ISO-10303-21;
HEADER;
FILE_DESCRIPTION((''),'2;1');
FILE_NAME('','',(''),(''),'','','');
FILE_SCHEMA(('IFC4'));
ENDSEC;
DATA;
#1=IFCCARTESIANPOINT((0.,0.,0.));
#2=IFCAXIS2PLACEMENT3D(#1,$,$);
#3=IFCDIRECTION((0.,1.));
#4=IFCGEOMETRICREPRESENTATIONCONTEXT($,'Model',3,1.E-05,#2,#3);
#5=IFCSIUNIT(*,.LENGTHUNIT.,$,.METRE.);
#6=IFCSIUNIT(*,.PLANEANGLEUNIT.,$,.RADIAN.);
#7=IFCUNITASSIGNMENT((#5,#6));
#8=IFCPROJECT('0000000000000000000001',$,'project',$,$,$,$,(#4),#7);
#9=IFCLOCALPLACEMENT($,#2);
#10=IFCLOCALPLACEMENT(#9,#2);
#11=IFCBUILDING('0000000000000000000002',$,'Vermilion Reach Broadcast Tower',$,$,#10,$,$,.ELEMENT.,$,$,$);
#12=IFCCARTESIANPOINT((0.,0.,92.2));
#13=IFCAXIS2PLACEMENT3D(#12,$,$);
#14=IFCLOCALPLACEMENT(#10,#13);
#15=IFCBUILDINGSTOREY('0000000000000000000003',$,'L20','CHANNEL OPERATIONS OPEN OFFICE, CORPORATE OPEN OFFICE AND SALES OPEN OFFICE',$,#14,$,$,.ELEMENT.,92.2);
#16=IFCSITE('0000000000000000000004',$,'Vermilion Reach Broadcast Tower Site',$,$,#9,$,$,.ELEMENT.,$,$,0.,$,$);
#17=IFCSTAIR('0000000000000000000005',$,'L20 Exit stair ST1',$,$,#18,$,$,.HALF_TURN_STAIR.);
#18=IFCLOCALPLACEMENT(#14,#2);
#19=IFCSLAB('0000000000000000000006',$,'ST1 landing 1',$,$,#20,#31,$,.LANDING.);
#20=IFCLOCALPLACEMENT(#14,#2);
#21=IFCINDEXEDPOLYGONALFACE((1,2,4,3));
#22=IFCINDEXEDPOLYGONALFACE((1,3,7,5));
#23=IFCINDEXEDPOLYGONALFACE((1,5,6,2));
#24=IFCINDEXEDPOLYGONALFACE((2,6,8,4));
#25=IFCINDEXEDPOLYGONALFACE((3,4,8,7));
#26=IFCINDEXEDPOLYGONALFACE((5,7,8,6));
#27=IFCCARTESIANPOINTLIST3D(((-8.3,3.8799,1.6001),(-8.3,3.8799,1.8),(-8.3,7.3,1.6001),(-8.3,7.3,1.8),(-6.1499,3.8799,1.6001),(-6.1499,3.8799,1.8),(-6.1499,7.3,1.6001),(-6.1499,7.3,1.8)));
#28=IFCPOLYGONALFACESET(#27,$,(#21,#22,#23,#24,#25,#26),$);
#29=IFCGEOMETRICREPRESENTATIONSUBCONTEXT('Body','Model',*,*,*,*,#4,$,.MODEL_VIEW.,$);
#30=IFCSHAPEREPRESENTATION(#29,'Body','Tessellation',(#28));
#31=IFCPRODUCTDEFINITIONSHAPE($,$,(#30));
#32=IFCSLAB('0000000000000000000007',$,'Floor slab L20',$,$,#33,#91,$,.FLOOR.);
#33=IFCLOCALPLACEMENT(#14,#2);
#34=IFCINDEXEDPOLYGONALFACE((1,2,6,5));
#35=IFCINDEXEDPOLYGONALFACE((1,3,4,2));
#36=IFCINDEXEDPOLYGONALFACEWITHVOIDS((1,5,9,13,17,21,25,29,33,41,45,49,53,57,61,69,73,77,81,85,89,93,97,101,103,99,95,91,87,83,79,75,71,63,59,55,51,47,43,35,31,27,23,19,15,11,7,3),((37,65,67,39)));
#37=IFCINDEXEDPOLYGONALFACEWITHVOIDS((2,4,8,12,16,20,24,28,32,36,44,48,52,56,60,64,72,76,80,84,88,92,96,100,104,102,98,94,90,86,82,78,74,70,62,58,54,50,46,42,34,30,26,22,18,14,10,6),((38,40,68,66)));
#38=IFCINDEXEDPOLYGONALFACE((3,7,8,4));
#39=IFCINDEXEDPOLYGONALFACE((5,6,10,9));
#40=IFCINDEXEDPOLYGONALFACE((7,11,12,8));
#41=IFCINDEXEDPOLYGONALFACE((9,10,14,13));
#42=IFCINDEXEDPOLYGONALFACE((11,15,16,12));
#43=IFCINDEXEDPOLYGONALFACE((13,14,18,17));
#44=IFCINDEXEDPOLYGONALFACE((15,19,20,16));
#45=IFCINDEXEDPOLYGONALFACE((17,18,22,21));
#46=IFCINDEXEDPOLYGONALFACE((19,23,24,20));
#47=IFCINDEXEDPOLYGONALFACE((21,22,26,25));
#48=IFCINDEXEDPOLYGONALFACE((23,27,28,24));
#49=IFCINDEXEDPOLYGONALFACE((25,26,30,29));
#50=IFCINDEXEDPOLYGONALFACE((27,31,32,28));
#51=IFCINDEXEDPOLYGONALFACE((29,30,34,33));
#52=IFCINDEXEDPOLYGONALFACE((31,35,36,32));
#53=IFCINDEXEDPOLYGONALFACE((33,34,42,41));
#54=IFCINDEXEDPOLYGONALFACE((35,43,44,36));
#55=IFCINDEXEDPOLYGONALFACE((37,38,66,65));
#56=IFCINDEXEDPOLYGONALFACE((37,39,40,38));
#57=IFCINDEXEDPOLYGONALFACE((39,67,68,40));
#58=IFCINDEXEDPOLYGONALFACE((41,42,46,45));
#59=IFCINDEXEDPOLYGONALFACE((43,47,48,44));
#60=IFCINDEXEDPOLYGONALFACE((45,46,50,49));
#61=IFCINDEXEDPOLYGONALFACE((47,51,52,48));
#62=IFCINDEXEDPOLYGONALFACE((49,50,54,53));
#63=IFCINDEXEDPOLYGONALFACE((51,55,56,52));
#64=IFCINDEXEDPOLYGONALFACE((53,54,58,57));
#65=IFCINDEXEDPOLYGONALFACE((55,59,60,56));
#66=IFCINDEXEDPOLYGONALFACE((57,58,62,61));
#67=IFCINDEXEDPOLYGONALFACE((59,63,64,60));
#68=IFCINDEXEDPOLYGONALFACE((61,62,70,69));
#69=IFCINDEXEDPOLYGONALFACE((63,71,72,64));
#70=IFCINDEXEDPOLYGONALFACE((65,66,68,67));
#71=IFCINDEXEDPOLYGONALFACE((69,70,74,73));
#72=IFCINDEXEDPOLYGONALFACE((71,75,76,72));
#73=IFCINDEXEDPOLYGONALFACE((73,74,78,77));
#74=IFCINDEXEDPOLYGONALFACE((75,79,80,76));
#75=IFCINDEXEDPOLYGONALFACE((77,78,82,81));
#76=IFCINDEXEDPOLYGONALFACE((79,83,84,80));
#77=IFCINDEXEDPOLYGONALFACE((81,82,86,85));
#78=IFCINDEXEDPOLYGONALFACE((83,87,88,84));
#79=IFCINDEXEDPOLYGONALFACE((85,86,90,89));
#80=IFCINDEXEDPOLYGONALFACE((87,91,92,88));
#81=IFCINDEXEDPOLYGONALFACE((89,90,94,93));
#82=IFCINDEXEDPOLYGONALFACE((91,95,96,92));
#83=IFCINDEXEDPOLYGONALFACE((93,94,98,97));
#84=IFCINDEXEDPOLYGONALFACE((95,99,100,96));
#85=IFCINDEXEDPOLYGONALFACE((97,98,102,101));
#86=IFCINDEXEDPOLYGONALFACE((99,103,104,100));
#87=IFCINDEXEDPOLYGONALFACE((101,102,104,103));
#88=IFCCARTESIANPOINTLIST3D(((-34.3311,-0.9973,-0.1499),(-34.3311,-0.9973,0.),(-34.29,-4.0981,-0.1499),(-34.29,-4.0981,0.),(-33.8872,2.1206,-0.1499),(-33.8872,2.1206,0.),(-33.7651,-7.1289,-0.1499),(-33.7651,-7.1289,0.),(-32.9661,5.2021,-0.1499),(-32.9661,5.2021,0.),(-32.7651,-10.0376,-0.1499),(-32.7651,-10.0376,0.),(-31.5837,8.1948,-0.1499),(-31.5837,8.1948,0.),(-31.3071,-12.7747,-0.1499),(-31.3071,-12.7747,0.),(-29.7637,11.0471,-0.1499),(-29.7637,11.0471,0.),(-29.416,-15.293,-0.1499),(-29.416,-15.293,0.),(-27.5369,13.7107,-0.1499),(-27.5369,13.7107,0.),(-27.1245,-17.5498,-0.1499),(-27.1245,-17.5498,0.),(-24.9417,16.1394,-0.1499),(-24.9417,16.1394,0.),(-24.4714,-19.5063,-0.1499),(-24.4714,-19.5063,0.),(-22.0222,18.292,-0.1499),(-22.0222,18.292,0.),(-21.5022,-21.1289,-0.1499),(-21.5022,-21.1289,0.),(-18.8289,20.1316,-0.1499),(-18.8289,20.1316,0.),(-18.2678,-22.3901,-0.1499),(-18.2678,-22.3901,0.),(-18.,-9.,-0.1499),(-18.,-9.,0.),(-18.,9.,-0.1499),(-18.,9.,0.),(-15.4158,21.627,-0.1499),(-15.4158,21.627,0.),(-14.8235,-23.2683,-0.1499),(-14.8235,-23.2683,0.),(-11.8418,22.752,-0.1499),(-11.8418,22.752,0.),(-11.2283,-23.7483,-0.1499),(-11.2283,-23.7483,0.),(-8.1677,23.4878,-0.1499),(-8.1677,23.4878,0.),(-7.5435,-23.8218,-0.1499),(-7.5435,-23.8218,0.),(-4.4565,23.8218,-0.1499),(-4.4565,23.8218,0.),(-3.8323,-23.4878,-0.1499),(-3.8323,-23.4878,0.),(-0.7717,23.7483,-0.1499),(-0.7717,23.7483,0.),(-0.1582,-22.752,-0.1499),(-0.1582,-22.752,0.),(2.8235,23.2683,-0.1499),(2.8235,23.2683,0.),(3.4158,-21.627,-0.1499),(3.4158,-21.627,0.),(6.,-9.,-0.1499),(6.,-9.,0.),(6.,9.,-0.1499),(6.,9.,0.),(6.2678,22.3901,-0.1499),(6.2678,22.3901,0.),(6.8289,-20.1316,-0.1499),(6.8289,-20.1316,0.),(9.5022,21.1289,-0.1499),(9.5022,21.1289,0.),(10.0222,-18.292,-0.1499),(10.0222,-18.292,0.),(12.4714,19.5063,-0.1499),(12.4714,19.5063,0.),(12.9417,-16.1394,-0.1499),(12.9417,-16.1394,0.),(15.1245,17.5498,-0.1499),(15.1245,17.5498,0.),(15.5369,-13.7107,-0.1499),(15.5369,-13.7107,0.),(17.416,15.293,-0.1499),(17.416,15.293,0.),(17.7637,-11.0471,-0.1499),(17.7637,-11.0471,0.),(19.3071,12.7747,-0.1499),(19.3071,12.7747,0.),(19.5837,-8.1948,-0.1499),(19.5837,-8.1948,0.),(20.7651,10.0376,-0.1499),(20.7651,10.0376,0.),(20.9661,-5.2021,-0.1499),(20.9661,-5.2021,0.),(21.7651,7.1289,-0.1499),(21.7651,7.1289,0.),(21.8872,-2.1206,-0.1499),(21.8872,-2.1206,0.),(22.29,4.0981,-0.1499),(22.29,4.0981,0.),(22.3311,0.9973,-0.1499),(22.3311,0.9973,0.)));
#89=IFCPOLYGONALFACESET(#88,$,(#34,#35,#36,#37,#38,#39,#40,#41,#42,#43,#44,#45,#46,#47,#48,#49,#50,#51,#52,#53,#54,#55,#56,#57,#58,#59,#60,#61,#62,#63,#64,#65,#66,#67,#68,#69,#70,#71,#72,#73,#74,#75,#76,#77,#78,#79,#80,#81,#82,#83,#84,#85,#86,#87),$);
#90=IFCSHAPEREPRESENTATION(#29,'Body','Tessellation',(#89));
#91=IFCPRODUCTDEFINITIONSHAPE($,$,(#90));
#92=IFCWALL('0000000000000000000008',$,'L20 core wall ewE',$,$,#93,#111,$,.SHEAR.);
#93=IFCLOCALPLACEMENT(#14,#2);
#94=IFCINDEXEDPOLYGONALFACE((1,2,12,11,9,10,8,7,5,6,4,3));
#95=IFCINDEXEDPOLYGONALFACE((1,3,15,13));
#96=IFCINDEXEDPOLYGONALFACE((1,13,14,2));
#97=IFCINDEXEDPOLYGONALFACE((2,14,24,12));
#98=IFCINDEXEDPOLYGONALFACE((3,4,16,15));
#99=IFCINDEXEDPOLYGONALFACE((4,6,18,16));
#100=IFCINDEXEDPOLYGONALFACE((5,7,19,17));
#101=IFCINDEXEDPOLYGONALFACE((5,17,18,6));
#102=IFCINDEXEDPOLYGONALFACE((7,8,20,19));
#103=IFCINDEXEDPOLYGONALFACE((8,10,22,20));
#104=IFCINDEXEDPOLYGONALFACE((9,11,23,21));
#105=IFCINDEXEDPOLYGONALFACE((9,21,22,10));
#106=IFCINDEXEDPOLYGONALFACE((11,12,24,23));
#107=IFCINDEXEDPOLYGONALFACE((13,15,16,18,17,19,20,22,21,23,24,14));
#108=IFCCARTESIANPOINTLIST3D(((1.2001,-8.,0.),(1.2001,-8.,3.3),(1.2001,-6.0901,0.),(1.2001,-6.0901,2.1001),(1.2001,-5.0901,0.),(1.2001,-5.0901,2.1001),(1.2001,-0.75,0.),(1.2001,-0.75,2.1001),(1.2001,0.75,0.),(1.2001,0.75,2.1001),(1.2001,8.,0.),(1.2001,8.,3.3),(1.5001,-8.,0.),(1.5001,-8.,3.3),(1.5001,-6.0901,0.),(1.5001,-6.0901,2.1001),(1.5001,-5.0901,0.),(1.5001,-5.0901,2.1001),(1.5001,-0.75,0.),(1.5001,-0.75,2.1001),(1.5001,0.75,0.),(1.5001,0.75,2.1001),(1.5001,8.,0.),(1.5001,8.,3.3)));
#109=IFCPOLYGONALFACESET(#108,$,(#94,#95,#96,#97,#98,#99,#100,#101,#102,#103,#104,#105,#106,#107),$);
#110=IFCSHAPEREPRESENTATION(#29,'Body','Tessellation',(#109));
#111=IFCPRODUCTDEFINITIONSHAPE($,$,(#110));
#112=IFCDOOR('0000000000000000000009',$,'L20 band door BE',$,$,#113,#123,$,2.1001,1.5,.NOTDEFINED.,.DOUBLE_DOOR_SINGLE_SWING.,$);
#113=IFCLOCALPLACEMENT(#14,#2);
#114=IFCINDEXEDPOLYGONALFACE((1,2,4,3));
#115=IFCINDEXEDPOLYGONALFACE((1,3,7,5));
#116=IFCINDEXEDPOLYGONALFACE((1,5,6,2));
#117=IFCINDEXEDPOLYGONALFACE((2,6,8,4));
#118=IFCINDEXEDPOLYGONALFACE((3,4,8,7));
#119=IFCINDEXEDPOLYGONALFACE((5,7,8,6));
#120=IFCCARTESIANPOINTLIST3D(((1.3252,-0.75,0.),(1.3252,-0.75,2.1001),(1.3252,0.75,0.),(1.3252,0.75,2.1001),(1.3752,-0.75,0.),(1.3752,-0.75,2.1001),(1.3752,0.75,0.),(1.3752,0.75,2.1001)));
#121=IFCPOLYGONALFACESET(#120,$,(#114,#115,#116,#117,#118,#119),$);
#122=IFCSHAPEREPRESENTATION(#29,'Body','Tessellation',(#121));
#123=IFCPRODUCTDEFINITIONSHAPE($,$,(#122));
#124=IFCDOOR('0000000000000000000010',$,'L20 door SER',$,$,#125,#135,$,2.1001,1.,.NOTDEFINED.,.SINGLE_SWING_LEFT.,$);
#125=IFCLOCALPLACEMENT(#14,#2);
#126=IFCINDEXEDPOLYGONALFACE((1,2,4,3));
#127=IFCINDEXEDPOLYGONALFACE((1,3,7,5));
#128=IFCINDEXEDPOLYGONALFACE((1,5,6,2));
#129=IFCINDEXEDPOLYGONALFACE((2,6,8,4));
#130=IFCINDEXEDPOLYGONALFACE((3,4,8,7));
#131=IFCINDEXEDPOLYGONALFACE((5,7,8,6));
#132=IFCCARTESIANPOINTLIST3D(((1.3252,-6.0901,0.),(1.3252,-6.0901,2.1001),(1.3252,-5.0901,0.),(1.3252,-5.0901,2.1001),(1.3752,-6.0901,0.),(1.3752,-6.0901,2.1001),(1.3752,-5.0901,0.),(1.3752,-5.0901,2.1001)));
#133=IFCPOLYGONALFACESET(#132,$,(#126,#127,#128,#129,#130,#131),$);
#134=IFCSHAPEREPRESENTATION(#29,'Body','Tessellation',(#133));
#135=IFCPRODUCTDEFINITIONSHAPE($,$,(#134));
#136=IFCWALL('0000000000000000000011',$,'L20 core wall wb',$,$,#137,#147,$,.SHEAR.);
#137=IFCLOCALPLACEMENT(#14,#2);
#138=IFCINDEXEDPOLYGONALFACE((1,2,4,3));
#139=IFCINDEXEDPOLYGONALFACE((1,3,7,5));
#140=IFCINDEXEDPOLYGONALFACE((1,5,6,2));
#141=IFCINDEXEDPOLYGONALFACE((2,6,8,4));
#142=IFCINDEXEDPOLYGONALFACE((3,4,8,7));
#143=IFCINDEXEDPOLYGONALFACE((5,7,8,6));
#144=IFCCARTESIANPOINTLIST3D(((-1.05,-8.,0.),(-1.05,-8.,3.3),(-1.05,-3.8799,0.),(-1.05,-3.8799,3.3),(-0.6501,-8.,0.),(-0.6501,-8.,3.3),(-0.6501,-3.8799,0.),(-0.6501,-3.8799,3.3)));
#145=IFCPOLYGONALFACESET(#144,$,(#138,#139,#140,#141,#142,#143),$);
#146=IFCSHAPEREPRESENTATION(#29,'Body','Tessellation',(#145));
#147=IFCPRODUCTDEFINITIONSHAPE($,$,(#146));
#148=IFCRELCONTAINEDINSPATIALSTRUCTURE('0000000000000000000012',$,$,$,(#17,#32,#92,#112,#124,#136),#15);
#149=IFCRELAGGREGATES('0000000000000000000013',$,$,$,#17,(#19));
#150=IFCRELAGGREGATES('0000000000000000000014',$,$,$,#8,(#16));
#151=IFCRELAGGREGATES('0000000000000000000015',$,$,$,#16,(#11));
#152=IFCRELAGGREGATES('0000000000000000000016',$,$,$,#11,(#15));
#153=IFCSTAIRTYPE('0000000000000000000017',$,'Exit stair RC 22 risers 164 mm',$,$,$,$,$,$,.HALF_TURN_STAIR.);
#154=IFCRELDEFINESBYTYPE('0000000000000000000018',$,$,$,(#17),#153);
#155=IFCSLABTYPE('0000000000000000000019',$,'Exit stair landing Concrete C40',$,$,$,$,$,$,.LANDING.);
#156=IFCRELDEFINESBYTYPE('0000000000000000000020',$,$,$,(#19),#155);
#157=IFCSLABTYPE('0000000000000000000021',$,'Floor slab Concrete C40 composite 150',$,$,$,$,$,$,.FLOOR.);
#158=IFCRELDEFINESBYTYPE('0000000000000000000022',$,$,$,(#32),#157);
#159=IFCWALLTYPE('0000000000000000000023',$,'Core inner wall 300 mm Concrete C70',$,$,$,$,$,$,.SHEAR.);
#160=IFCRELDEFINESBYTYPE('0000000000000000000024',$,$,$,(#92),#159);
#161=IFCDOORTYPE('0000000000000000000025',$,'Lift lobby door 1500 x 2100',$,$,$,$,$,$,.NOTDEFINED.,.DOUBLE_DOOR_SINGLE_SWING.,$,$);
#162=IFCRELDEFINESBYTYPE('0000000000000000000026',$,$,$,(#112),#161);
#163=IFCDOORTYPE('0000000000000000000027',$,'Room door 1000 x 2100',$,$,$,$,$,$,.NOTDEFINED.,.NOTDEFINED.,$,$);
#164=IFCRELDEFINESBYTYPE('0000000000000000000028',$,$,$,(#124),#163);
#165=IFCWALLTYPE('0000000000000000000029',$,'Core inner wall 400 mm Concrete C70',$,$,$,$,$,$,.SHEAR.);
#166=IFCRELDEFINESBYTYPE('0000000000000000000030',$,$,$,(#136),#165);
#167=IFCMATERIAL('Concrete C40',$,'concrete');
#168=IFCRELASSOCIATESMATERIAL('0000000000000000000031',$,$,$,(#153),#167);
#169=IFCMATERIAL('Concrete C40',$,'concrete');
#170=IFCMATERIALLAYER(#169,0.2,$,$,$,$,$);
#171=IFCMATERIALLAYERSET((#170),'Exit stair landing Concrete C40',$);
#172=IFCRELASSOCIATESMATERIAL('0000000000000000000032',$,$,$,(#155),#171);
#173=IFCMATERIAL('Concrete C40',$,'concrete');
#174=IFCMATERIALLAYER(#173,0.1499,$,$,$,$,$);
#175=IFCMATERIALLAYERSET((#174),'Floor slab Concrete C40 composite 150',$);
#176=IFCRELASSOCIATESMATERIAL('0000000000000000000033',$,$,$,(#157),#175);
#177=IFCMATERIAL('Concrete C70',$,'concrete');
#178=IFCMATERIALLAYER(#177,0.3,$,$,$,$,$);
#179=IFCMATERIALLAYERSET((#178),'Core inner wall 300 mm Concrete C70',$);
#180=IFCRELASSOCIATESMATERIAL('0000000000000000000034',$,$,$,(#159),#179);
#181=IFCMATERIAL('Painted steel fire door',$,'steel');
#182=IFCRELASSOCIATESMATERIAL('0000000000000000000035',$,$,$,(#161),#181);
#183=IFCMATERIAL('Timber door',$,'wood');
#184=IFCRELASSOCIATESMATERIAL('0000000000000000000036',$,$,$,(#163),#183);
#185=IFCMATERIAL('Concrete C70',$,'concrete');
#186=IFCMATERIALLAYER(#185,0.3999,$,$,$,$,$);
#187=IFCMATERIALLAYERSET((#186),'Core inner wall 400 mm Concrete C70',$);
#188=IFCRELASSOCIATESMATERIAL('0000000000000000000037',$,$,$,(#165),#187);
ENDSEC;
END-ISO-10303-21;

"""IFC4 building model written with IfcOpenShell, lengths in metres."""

from ifc_helpers import new_model, si_unit, direction, frame, frame_2d, origin, place, context, subcontext, project, spatial, polyline, rectangle, outline, extrude, material, layer, layer_set, type_object, element, fill, aggregate, save


model = new_model("IFC4")

# Units and contexts
model_context = context("Model", 3, precision=1e-05, world=origin(), true_north=direction((0.0, 1.0)))
body_context = subcontext(model_context, "Body", "Model", "MODEL_VIEW")
ifc_project = project(units=[si_unit("LENGTHUNIT", "METRE"), si_unit("PLANEANGLEUNIT", "RADIAN")], contexts=[model_context])

# Site, building, storey
site_placement = place(None, origin())
site = spatial("IfcSite", under=ifc_project, at=site_placement, Name="Vermilion Reach Broadcast Tower Site", CompositionType="ELEMENT", RefElevation=0.0)
building_placement = place(site_placement, origin())
building = spatial("IfcBuilding", under=site, at=building_placement, Name="Vermilion Reach Broadcast Tower", CompositionType="ELEMENT")
storey_placement = place(building_placement, frame((0.0, 0.0, 92.2)))
storey = spatial("IfcBuildingStorey", under=building, at=storey_placement, Name="L20", Description="CHANNEL OPERATIONS OPEN OFFICE, CORPORATE OPEN OFFICE AND SALES OPEN OFFICE", CompositionType="ELEMENT", Elevation=92.2)

# Stair, slab
ifc_material_1 = material(Name="Concrete C40", Category="concrete")
stair_type = type_object("IfcStairType", Name="Exit stair RC 22 risers 164 mm", PredefinedType="HALF_TURN_STAIR", material=ifc_material_1)
placement_1 = place(storey_placement, origin())
stair_1 = element("IfcStair", 1, at=placement_1, inside=storey, type_object=stair_type, Name="L20 Exit stair ST1", PredefinedType="HALF_TURN_STAIR")
ifc_material_2 = material(Name="Concrete C40", Category="concrete")
ifc_layer_1 = layer(ifc_material_2, 0.2)
ifc_layer_set_1 = layer_set([ifc_layer_1], Name="Exit stair landing Concrete C40")
slab_type_1 = type_object("IfcSlabType", Name="Exit stair landing Concrete C40", PredefinedType="LANDING", material=ifc_layer_set_1)
slab_1_placement = place(storey_placement, frame((0.0, 0.0, 1.6001)))
slab_1 = element("IfcSlab", 2, at=slab_1_placement, type_object=slab_type_1, Name="ST1 landing 1", PredefinedType="LANDING", context=body_context, shape_type="SweptSolid", body=[
    extrude(outline(polyline([(-8.3, 3.8799), (-6.1499, 3.8799), (-6.1499, 7.3), (-8.3, 7.3), (-8.3, 3.8799)])), origin(), (0.0, 0.0, 1.0), 0.2),
])
aggregate(stair_1, [slab_1])

# Slab
ifc_material_3 = material(Name="Concrete C40", Category="concrete")
ifc_layer_2 = layer(ifc_material_3, 0.1499)
ifc_layer_set_2 = layer_set([ifc_layer_2], Name="Floor slab Concrete C40 composite 150")
slab_type_2 = type_object("IfcSlabType", Name="Floor slab Concrete C40 composite 150", PredefinedType="FLOOR", material=ifc_layer_set_2)
slab_2_placement = place(storey_placement, frame((0.0, 0.0, -0.1499)))
element("IfcSlab", 3, at=slab_2_placement, inside=storey, type_object=slab_type_2, Name="Floor slab L20", PredefinedType="FLOOR", context=body_context, shape_type="SweptSolid", body=[
    extrude(outline(polyline([(21.7651, 7.1289), (20.7651, 10.0376), (19.3071, 12.7747), (17.416, 15.293), (15.1245, 17.5498), (12.4714, 19.5063), (9.5022, 21.1289), (6.2678, 22.3901), (2.8235, 23.2683), (-0.7717, 23.7483), (-4.4565, 23.8218), (-8.1677, 23.4878), (-11.8418, 22.752), (-15.4158, 21.627), (-18.8289, 20.1316), (-22.0222, 18.292), (-24.9417, 16.1394), (-27.5369, 13.7107), (-29.7637, 11.0471), (-31.5837, 8.1948), (-32.9661, 5.2021), (-33.8872, 2.1206), (-34.3311, -0.9973), (-34.29, -4.0981), (-33.7651, -7.1289), (-32.7651, -10.0376), (-31.3071, -12.7747), (-29.416, -15.293), (-27.1245, -17.5498), (-24.4714, -19.5063), (-21.5022, -21.1289), (-18.2678, -22.3901), (-14.8235, -23.2683), (-11.2283, -23.7483), (-7.5435, -23.8218), (-3.8323, -23.4878), (-0.1582, -22.752), (3.4158, -21.627), (6.8289, -20.1316), (10.0222, -18.292), (12.9417, -16.1394), (15.5369, -13.7107), (17.7637, -11.0471), (19.5837, -8.1948), (20.9661, -5.2021), (21.8872, -2.1206), (22.3311, 0.9973), (22.29, 4.0981), (21.7651, 7.1289)]), holes=[polyline([(-18.0, -9.0), (6.0, -9.0), (6.0, 9.0), (-18.0, 9.0), (-18.0, -9.0)])]), origin(), (0.0, 0.0, 1.0), 0.1499),
])

# Wall, openings, doors
ifc_material_4 = material(Name="Concrete C70", Category="concrete")
ifc_layer_3 = layer(ifc_material_4, 0.3)
ifc_layer_set_3 = layer_set([ifc_layer_3], Name="Core inner wall 300 mm Concrete C70")
wall_type_1 = type_object("IfcWallType", Name="Core inner wall 300 mm Concrete C70", PredefinedType="SHEAR", material=ifc_layer_set_3)
wall_1_placement = place(storey_placement, frame((1.3501, -8.0, 0.0), z_axis=(0.0, 0.0, 1.0), x_axis=(0.0, 1.0, 0.0)))
wall_1 = element("IfcWall", 4, at=wall_1_placement, inside=storey, type_object=wall_type_1, Name="L20 core wall ewE", PredefinedType="SHEAR", context=body_context, shape_type="SweptSolid", body=[
    extrude(rectangle(XDim=16.0, YDim=0.3, at=frame_2d((8.0, 0.0))), origin(), (0.0, 0.0, 1.0), 3.3),
])
opening_1_placement = place(wall_1_placement, frame((1.9099, 0.0, 0.0)))
opening_1 = element("IfcOpeningElement", 5, at=opening_1_placement, cuts=wall_1, PredefinedType="OPENING", context=body_context, shape_type="SweptSolid", body=[
    extrude(rectangle(XDim=1.0, YDim=2.1001, at=frame_2d((0.5, 1.05))), frame((0.0, 0.1599, 0.0), z_axis=(0.0, -1.0, 0.0), x_axis=(1.0, 0.0, 0.0)), (0.0, 0.0, 1.0), 0.3201),
])
opening_2_placement = place(wall_1_placement, frame((7.25, 0.0, 0.0)))
opening_2 = element("IfcOpeningElement", 6, at=opening_2_placement, cuts=wall_1, PredefinedType="OPENING", context=body_context, shape_type="SweptSolid", body=[
    extrude(rectangle(XDim=1.5, YDim=2.1001, at=frame_2d((0.75, 1.05))), frame((0.0, 0.1599, 0.0), z_axis=(0.0, -1.0, 0.0), x_axis=(1.0, 0.0, 0.0)), (0.0, 0.0, 1.0), 0.3201),
])
ifc_material_5 = material(Name="Painted steel fire door", Category="steel")
door_type_1 = type_object("IfcDoorType", Name="Lift lobby door 1500 x 2100", OperationType="DOUBLE_DOOR_SINGLE_SWING", PredefinedType="NOTDEFINED", material=ifc_material_5)
door_1_placement = place(opening_2_placement, origin())
door_1 = element("IfcDoor", 7, at=door_1_placement, inside=storey, type_object=door_type_1, Name="L20 band door BE", OperationType="DOUBLE_DOOR_SINGLE_SWING", OverallHeight=2.1001, OverallWidth=1.5, PredefinedType="NOTDEFINED", context=body_context, shape_type="SweptSolid", body=[
    extrude(rectangle(XDim=1.5, YDim=2.1001, at=frame_2d((0.75, 1.05))), frame((0.0, 0.0249, 0.0), z_axis=(0.0, -1.0, 0.0), x_axis=(1.0, 0.0, 0.0)), (0.0, 0.0, 1.0), 0.05),
])
fill(opening_2, door_1)
ifc_material_6 = material(Name="Timber door", Category="wood")
door_type_2 = type_object("IfcDoorType", Name="Room door 1000 x 2100", OperationType="NOTDEFINED", PredefinedType="NOTDEFINED", material=ifc_material_6)
door_2_placement = place(opening_1_placement, origin())
door_2 = element("IfcDoor", 8, at=door_2_placement, inside=storey, type_object=door_type_2, Name="L20 door SER", OperationType="SINGLE_SWING_LEFT", OverallHeight=2.1001, OverallWidth=1.0, PredefinedType="NOTDEFINED", context=body_context, shape_type="SweptSolid", body=[
    extrude(rectangle(XDim=1.0, YDim=2.1001, at=frame_2d((0.5, 1.05))), frame((0.0, 0.0249, 0.0), z_axis=(0.0, -1.0, 0.0), x_axis=(1.0, 0.0, 0.0)), (0.0, 0.0, 1.0), 0.05),
])
fill(opening_1, door_2)

# Wall
ifc_material_7 = material(Name="Concrete C70", Category="concrete")
ifc_layer_4 = layer(ifc_material_7, 0.3999)
ifc_layer_set_4 = layer_set([ifc_layer_4], Name="Core inner wall 400 mm Concrete C70")
wall_type_2 = type_object("IfcWallType", Name="Core inner wall 400 mm Concrete C70", PredefinedType="SHEAR", material=ifc_layer_set_4)
wall_2_placement = place(storey_placement, frame((-0.8501, -3.8799, 0.0), z_axis=(0.0, 0.0, 1.0), x_axis=(0.0, -1.0, 0.0)))
element("IfcWall", 9, at=wall_2_placement, inside=storey, type_object=wall_type_2, Name="L20 core wall wb", PredefinedType="SHEAR", context=body_context, shape_type="SweptSolid", body=[
    extrude(rectangle(XDim=4.1201, YDim=0.3999, at=frame_2d((2.0601, 0.0))), origin(), (0.0, 0.0, 1.0), 3.3),
])

save(model, "model.ifc")
